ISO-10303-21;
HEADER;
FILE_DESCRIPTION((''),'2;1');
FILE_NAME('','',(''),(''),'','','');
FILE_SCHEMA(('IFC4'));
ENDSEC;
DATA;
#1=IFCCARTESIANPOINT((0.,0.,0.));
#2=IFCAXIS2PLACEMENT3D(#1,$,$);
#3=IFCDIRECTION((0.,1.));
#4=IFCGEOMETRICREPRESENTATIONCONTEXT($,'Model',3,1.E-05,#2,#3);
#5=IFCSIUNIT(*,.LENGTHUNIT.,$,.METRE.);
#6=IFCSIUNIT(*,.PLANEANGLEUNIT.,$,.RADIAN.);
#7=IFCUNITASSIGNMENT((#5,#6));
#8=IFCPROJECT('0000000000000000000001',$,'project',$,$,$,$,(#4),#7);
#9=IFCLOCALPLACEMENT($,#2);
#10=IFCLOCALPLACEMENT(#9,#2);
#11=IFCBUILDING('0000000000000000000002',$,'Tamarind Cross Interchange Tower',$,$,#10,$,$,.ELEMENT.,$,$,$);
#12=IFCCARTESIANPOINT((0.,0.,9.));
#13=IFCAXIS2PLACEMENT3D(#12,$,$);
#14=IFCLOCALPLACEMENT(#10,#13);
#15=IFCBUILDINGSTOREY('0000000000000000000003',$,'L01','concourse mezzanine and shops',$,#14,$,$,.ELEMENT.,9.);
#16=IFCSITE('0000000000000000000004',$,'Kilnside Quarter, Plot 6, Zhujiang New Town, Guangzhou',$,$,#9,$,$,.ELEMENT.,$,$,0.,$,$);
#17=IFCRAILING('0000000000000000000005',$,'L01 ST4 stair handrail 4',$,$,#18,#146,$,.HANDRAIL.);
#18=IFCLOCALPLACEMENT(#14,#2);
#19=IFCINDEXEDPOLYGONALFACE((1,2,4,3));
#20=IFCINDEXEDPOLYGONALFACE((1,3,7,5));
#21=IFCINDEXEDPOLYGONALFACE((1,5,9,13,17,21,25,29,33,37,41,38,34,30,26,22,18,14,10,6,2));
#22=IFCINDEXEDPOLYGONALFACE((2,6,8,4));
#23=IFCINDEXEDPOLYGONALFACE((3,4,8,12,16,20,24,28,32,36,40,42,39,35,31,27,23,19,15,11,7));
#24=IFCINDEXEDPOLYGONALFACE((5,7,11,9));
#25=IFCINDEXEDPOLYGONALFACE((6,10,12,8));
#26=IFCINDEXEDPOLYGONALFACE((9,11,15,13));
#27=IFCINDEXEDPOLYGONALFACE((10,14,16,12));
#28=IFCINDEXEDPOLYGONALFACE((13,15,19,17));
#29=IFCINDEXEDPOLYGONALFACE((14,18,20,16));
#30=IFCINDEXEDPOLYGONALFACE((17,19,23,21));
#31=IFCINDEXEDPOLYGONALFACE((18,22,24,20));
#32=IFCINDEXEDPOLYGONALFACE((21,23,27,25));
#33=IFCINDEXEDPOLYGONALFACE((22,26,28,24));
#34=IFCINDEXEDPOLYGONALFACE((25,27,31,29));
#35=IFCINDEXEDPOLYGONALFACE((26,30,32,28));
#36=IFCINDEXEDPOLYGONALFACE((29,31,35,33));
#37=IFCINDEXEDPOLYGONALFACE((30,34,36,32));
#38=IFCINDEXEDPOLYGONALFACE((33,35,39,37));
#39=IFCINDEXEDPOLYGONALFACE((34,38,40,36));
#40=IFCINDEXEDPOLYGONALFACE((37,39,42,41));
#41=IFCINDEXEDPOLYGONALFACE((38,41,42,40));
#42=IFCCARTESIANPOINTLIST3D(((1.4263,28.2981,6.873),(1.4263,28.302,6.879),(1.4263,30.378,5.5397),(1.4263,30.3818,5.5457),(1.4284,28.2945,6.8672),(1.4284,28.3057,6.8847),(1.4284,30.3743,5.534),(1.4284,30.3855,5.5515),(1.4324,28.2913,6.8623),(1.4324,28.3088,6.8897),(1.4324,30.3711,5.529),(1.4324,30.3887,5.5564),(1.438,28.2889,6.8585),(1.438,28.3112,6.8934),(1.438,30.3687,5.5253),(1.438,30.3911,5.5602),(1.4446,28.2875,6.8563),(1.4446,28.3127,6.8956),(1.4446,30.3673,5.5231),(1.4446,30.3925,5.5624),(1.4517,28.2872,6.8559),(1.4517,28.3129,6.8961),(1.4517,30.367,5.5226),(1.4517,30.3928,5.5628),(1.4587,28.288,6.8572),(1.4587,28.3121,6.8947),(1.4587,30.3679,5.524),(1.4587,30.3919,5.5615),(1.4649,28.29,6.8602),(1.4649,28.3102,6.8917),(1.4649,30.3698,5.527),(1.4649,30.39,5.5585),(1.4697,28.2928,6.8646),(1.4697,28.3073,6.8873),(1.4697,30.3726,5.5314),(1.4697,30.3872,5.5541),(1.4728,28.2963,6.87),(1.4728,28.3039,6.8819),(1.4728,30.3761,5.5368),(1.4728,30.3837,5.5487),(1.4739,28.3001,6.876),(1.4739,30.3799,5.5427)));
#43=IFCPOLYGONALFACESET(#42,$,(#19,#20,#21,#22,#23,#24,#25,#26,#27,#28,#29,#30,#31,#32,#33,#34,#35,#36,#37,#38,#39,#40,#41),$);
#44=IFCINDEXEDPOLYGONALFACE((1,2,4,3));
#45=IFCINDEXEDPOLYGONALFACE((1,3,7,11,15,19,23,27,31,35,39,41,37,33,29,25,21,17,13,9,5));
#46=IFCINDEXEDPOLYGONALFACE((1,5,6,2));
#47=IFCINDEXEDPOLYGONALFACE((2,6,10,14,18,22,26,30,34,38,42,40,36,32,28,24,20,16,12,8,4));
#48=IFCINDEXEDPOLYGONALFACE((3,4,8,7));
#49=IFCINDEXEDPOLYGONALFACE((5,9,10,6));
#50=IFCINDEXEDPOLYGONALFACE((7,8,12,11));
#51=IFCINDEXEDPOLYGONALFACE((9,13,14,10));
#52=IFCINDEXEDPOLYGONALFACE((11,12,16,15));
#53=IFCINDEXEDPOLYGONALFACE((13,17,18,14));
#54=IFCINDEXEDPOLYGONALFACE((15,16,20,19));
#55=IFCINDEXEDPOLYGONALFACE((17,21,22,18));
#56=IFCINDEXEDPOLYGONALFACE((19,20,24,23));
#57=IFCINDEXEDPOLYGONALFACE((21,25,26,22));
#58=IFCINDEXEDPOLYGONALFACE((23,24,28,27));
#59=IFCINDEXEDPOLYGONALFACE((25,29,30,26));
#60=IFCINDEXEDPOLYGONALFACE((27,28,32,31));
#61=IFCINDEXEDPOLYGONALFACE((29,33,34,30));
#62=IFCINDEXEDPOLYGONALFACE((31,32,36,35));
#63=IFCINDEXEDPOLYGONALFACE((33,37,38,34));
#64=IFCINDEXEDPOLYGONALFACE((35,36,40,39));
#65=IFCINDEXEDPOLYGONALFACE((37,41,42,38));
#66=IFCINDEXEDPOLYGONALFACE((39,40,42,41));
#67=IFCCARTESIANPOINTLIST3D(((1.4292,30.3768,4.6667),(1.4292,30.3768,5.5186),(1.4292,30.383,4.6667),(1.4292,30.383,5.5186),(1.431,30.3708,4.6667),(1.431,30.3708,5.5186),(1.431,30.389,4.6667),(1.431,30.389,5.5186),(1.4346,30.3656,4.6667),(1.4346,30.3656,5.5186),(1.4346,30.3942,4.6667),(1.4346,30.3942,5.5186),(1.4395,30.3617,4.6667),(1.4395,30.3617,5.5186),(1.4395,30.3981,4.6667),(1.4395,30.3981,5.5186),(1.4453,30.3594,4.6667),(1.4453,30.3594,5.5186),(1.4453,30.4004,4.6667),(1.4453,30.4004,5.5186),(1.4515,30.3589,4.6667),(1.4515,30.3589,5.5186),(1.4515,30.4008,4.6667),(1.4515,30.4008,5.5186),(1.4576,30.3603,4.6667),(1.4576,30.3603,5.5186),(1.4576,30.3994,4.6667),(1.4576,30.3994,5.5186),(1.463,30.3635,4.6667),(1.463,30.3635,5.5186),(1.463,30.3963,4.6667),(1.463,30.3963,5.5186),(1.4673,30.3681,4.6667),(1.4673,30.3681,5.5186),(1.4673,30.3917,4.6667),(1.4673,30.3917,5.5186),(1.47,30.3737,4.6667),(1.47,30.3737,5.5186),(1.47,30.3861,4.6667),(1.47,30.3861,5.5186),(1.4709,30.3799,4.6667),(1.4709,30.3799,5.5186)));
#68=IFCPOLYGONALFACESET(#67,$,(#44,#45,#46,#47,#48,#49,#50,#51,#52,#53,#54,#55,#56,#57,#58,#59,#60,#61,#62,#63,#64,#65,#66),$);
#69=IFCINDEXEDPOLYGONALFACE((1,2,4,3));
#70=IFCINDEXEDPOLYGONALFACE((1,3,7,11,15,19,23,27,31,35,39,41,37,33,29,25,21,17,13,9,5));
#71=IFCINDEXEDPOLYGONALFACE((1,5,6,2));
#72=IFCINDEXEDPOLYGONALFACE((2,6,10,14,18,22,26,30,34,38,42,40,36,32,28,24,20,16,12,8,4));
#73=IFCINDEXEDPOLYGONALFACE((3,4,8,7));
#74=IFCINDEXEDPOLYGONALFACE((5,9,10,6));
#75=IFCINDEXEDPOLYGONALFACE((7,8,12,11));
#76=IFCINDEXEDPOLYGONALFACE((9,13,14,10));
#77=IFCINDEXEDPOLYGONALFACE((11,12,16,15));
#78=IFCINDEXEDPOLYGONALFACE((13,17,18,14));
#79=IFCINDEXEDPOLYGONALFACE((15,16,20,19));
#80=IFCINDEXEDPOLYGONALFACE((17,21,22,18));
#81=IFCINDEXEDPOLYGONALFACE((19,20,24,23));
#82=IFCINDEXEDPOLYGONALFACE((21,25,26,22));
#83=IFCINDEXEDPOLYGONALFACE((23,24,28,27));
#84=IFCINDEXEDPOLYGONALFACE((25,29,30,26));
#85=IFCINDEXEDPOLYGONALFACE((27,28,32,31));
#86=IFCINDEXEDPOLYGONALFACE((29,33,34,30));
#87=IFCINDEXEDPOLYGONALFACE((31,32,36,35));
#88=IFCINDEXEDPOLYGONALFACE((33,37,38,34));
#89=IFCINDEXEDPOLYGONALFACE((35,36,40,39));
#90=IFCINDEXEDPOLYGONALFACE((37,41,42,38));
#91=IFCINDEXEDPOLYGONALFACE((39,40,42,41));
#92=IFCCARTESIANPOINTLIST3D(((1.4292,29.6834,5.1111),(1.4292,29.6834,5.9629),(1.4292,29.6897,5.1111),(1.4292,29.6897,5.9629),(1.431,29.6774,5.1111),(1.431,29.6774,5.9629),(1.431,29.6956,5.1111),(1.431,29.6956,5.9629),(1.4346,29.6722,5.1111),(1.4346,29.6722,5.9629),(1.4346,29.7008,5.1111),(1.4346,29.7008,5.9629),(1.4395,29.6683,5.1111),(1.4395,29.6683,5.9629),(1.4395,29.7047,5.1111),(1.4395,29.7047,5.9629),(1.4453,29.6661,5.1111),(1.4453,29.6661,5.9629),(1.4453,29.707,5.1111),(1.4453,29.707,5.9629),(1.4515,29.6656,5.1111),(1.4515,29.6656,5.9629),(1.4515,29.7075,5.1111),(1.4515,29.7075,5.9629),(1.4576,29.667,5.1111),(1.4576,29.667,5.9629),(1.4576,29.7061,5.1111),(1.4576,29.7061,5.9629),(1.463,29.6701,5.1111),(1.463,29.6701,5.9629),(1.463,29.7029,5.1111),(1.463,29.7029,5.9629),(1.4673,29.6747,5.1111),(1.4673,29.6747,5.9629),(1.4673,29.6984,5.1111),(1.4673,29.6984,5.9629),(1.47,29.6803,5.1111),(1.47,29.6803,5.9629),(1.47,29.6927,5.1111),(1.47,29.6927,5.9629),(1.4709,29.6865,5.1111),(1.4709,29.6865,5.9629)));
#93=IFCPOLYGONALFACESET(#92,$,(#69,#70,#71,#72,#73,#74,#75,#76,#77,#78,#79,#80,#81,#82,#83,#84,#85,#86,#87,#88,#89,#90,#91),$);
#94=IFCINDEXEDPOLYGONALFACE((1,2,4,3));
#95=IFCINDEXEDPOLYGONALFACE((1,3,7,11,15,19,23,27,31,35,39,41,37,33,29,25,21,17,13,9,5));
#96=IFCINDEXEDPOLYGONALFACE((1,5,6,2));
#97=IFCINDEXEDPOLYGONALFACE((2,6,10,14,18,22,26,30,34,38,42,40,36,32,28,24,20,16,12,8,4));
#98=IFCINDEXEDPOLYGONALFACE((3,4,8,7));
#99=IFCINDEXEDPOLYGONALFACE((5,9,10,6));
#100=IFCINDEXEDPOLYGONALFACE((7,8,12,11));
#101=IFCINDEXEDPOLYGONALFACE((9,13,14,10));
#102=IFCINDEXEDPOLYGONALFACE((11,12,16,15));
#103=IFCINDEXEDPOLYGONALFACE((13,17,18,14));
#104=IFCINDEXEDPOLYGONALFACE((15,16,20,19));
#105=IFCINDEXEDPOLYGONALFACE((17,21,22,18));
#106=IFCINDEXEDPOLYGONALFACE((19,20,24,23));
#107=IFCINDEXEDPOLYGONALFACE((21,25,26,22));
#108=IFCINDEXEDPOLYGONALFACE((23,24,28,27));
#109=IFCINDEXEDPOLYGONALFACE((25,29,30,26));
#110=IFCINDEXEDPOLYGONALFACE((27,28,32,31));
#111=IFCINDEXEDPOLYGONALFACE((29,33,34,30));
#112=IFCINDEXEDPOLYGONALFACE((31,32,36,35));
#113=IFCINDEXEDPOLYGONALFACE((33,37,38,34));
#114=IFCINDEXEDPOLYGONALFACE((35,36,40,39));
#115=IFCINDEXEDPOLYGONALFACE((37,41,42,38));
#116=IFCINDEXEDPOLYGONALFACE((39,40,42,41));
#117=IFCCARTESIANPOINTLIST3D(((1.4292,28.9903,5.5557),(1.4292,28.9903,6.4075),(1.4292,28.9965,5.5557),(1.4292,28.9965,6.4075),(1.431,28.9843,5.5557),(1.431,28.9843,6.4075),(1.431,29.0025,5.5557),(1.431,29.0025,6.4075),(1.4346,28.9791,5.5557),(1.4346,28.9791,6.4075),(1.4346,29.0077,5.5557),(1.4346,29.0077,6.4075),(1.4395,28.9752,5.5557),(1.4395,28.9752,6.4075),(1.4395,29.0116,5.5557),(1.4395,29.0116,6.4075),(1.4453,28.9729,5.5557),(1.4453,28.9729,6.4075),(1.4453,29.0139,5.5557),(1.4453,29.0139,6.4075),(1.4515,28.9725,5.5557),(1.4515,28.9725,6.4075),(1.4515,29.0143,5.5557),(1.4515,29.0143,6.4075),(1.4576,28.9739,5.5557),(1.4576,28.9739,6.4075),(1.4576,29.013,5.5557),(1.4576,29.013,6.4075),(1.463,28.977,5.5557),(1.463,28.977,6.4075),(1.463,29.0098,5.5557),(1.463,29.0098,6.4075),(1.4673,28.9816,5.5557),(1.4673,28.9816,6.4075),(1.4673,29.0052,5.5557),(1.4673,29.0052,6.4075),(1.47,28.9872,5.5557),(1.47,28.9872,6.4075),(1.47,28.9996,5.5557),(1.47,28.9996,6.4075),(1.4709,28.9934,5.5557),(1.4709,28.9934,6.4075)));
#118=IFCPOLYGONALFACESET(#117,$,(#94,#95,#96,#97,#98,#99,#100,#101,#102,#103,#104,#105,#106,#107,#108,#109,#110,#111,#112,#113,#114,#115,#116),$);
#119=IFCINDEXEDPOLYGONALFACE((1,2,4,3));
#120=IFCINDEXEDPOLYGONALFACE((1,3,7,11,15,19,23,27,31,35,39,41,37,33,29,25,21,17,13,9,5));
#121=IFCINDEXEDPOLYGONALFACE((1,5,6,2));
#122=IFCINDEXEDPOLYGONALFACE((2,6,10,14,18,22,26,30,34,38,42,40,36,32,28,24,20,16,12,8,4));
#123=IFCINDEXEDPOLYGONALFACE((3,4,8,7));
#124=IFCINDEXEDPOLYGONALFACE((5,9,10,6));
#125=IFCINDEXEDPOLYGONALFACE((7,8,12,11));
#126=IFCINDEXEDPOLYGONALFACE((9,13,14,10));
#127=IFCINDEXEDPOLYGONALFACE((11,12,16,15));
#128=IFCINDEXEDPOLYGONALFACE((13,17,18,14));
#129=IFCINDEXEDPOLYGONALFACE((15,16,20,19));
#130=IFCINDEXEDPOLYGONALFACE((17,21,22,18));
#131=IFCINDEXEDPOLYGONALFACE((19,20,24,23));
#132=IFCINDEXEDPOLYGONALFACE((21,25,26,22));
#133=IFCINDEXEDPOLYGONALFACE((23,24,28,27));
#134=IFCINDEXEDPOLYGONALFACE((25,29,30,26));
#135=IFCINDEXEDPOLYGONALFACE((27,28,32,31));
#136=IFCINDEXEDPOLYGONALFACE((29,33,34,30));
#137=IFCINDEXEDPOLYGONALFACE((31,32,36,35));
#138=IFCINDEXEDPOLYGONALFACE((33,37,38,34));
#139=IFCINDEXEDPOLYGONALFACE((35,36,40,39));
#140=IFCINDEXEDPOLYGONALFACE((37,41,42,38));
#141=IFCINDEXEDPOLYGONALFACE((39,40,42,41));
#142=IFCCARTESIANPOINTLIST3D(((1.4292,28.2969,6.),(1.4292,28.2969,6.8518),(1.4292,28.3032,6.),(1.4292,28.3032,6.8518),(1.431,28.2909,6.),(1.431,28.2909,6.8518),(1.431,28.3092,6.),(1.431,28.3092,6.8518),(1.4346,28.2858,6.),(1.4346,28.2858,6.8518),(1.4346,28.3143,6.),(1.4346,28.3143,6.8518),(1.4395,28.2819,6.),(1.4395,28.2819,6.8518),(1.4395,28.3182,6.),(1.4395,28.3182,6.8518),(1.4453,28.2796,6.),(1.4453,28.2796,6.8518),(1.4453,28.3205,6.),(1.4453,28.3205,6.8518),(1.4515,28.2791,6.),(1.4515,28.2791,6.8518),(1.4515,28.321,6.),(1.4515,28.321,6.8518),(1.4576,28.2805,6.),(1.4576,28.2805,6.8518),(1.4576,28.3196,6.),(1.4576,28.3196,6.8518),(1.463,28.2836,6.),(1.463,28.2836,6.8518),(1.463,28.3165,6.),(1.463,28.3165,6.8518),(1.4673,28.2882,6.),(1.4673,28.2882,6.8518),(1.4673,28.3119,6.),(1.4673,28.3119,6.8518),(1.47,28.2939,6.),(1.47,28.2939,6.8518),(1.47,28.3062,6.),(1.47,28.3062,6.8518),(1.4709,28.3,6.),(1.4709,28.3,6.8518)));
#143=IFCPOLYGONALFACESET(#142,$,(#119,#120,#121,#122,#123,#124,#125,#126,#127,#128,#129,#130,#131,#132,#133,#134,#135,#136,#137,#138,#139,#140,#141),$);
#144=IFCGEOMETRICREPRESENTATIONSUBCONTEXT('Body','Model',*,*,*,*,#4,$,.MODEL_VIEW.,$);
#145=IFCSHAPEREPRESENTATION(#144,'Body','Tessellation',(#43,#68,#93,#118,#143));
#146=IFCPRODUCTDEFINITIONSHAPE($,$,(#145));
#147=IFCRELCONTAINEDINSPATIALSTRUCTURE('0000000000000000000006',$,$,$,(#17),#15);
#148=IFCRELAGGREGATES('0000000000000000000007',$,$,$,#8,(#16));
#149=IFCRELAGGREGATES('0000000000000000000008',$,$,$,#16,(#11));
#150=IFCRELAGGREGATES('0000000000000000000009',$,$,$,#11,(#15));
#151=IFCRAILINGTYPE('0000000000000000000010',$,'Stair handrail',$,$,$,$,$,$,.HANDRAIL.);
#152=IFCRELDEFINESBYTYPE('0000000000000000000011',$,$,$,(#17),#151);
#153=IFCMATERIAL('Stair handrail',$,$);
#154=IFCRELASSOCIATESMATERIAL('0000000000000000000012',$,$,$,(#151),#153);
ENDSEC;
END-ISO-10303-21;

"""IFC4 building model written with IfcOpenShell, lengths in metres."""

from ifc_helpers import new_model, si_unit, direction, frame, origin, origin_2d, place, context, subcontext, project, spatial, circle, extrude, material, type_object, element, save


model = new_model("IFC4")

# Units and contexts
model_context = context("Model", 3, precision=1e-05, world=origin(), true_north=direction((0.0, 1.0)))
body_context = subcontext(model_context, "Body", "Model", "MODEL_VIEW")
ifc_project = project(units=[si_unit("LENGTHUNIT", "METRE"), si_unit("PLANEANGLEUNIT", "RADIAN")], contexts=[model_context])

# Site, building, storey
site_placement = place(None, origin())
site = spatial("IfcSite", under=ifc_project, at=site_placement, Name="Kilnside Quarter, Plot 6, Zhujiang New Town, Guangzhou", CompositionType="ELEMENT", RefElevation=0.0)
building_placement = place(site_placement, origin())
building = spatial("IfcBuilding", under=site, at=building_placement, Name="Tamarind Cross Interchange Tower", CompositionType="ELEMENT")
storey_placement = place(building_placement, frame((0.0, 0.0, 9.0)))
storey = spatial("IfcBuildingStorey", under=building, at=storey_placement, Name="L01", Description="concourse mezzanine and shops", CompositionType="ELEMENT", Elevation=9.0)

# Railing
ifc_material_1 = material(Name="Stair handrail")
railing_type_1 = type_object("IfcRailingType", Name="Stair handrail", PredefinedType="HANDRAIL", material=ifc_material_1)
railing_1_placement = place(storey_placement, frame((1.45, 30.3799, 4.6667)))
element("IfcRailing", 1, at=railing_1_placement, inside=storey, type_object=railing_type_1, Name="L01 ST4 stair handrail 4", PredefinedType="HANDRAIL", context=body_context, shape_type="SweptSolid", body=[
    extrude(circle(Radius=0.0239, at=origin_2d()), frame((0.0, 0.0, 0.876), z_axis=(0.0, -0.841875, 0.539673), x_axis=(1.0, 0.0, 0.0)), (0.0, 0.0, 1.0), 2.4705),
    extrude(circle(Radius=0.021, at=origin_2d()), origin(), (0.0, 0.0, 1.0), 0.8518),
    extrude(circle(Radius=0.021, at=origin_2d()), frame((0.0, -0.6934, 0.4443)), (0.0, 0.0, 1.0), 0.8518),
    extrude(circle(Radius=0.021, at=origin_2d()), frame((0.0, -1.3865, 0.8889)), (0.0, 0.0, 1.0), 0.8518),
    extrude(circle(Radius=0.021, at=origin_2d()), frame((0.0, -2.0798, 1.3333)), (0.0, 0.0, 1.0), 0.8518),
])

save(model, "model.ifc")
